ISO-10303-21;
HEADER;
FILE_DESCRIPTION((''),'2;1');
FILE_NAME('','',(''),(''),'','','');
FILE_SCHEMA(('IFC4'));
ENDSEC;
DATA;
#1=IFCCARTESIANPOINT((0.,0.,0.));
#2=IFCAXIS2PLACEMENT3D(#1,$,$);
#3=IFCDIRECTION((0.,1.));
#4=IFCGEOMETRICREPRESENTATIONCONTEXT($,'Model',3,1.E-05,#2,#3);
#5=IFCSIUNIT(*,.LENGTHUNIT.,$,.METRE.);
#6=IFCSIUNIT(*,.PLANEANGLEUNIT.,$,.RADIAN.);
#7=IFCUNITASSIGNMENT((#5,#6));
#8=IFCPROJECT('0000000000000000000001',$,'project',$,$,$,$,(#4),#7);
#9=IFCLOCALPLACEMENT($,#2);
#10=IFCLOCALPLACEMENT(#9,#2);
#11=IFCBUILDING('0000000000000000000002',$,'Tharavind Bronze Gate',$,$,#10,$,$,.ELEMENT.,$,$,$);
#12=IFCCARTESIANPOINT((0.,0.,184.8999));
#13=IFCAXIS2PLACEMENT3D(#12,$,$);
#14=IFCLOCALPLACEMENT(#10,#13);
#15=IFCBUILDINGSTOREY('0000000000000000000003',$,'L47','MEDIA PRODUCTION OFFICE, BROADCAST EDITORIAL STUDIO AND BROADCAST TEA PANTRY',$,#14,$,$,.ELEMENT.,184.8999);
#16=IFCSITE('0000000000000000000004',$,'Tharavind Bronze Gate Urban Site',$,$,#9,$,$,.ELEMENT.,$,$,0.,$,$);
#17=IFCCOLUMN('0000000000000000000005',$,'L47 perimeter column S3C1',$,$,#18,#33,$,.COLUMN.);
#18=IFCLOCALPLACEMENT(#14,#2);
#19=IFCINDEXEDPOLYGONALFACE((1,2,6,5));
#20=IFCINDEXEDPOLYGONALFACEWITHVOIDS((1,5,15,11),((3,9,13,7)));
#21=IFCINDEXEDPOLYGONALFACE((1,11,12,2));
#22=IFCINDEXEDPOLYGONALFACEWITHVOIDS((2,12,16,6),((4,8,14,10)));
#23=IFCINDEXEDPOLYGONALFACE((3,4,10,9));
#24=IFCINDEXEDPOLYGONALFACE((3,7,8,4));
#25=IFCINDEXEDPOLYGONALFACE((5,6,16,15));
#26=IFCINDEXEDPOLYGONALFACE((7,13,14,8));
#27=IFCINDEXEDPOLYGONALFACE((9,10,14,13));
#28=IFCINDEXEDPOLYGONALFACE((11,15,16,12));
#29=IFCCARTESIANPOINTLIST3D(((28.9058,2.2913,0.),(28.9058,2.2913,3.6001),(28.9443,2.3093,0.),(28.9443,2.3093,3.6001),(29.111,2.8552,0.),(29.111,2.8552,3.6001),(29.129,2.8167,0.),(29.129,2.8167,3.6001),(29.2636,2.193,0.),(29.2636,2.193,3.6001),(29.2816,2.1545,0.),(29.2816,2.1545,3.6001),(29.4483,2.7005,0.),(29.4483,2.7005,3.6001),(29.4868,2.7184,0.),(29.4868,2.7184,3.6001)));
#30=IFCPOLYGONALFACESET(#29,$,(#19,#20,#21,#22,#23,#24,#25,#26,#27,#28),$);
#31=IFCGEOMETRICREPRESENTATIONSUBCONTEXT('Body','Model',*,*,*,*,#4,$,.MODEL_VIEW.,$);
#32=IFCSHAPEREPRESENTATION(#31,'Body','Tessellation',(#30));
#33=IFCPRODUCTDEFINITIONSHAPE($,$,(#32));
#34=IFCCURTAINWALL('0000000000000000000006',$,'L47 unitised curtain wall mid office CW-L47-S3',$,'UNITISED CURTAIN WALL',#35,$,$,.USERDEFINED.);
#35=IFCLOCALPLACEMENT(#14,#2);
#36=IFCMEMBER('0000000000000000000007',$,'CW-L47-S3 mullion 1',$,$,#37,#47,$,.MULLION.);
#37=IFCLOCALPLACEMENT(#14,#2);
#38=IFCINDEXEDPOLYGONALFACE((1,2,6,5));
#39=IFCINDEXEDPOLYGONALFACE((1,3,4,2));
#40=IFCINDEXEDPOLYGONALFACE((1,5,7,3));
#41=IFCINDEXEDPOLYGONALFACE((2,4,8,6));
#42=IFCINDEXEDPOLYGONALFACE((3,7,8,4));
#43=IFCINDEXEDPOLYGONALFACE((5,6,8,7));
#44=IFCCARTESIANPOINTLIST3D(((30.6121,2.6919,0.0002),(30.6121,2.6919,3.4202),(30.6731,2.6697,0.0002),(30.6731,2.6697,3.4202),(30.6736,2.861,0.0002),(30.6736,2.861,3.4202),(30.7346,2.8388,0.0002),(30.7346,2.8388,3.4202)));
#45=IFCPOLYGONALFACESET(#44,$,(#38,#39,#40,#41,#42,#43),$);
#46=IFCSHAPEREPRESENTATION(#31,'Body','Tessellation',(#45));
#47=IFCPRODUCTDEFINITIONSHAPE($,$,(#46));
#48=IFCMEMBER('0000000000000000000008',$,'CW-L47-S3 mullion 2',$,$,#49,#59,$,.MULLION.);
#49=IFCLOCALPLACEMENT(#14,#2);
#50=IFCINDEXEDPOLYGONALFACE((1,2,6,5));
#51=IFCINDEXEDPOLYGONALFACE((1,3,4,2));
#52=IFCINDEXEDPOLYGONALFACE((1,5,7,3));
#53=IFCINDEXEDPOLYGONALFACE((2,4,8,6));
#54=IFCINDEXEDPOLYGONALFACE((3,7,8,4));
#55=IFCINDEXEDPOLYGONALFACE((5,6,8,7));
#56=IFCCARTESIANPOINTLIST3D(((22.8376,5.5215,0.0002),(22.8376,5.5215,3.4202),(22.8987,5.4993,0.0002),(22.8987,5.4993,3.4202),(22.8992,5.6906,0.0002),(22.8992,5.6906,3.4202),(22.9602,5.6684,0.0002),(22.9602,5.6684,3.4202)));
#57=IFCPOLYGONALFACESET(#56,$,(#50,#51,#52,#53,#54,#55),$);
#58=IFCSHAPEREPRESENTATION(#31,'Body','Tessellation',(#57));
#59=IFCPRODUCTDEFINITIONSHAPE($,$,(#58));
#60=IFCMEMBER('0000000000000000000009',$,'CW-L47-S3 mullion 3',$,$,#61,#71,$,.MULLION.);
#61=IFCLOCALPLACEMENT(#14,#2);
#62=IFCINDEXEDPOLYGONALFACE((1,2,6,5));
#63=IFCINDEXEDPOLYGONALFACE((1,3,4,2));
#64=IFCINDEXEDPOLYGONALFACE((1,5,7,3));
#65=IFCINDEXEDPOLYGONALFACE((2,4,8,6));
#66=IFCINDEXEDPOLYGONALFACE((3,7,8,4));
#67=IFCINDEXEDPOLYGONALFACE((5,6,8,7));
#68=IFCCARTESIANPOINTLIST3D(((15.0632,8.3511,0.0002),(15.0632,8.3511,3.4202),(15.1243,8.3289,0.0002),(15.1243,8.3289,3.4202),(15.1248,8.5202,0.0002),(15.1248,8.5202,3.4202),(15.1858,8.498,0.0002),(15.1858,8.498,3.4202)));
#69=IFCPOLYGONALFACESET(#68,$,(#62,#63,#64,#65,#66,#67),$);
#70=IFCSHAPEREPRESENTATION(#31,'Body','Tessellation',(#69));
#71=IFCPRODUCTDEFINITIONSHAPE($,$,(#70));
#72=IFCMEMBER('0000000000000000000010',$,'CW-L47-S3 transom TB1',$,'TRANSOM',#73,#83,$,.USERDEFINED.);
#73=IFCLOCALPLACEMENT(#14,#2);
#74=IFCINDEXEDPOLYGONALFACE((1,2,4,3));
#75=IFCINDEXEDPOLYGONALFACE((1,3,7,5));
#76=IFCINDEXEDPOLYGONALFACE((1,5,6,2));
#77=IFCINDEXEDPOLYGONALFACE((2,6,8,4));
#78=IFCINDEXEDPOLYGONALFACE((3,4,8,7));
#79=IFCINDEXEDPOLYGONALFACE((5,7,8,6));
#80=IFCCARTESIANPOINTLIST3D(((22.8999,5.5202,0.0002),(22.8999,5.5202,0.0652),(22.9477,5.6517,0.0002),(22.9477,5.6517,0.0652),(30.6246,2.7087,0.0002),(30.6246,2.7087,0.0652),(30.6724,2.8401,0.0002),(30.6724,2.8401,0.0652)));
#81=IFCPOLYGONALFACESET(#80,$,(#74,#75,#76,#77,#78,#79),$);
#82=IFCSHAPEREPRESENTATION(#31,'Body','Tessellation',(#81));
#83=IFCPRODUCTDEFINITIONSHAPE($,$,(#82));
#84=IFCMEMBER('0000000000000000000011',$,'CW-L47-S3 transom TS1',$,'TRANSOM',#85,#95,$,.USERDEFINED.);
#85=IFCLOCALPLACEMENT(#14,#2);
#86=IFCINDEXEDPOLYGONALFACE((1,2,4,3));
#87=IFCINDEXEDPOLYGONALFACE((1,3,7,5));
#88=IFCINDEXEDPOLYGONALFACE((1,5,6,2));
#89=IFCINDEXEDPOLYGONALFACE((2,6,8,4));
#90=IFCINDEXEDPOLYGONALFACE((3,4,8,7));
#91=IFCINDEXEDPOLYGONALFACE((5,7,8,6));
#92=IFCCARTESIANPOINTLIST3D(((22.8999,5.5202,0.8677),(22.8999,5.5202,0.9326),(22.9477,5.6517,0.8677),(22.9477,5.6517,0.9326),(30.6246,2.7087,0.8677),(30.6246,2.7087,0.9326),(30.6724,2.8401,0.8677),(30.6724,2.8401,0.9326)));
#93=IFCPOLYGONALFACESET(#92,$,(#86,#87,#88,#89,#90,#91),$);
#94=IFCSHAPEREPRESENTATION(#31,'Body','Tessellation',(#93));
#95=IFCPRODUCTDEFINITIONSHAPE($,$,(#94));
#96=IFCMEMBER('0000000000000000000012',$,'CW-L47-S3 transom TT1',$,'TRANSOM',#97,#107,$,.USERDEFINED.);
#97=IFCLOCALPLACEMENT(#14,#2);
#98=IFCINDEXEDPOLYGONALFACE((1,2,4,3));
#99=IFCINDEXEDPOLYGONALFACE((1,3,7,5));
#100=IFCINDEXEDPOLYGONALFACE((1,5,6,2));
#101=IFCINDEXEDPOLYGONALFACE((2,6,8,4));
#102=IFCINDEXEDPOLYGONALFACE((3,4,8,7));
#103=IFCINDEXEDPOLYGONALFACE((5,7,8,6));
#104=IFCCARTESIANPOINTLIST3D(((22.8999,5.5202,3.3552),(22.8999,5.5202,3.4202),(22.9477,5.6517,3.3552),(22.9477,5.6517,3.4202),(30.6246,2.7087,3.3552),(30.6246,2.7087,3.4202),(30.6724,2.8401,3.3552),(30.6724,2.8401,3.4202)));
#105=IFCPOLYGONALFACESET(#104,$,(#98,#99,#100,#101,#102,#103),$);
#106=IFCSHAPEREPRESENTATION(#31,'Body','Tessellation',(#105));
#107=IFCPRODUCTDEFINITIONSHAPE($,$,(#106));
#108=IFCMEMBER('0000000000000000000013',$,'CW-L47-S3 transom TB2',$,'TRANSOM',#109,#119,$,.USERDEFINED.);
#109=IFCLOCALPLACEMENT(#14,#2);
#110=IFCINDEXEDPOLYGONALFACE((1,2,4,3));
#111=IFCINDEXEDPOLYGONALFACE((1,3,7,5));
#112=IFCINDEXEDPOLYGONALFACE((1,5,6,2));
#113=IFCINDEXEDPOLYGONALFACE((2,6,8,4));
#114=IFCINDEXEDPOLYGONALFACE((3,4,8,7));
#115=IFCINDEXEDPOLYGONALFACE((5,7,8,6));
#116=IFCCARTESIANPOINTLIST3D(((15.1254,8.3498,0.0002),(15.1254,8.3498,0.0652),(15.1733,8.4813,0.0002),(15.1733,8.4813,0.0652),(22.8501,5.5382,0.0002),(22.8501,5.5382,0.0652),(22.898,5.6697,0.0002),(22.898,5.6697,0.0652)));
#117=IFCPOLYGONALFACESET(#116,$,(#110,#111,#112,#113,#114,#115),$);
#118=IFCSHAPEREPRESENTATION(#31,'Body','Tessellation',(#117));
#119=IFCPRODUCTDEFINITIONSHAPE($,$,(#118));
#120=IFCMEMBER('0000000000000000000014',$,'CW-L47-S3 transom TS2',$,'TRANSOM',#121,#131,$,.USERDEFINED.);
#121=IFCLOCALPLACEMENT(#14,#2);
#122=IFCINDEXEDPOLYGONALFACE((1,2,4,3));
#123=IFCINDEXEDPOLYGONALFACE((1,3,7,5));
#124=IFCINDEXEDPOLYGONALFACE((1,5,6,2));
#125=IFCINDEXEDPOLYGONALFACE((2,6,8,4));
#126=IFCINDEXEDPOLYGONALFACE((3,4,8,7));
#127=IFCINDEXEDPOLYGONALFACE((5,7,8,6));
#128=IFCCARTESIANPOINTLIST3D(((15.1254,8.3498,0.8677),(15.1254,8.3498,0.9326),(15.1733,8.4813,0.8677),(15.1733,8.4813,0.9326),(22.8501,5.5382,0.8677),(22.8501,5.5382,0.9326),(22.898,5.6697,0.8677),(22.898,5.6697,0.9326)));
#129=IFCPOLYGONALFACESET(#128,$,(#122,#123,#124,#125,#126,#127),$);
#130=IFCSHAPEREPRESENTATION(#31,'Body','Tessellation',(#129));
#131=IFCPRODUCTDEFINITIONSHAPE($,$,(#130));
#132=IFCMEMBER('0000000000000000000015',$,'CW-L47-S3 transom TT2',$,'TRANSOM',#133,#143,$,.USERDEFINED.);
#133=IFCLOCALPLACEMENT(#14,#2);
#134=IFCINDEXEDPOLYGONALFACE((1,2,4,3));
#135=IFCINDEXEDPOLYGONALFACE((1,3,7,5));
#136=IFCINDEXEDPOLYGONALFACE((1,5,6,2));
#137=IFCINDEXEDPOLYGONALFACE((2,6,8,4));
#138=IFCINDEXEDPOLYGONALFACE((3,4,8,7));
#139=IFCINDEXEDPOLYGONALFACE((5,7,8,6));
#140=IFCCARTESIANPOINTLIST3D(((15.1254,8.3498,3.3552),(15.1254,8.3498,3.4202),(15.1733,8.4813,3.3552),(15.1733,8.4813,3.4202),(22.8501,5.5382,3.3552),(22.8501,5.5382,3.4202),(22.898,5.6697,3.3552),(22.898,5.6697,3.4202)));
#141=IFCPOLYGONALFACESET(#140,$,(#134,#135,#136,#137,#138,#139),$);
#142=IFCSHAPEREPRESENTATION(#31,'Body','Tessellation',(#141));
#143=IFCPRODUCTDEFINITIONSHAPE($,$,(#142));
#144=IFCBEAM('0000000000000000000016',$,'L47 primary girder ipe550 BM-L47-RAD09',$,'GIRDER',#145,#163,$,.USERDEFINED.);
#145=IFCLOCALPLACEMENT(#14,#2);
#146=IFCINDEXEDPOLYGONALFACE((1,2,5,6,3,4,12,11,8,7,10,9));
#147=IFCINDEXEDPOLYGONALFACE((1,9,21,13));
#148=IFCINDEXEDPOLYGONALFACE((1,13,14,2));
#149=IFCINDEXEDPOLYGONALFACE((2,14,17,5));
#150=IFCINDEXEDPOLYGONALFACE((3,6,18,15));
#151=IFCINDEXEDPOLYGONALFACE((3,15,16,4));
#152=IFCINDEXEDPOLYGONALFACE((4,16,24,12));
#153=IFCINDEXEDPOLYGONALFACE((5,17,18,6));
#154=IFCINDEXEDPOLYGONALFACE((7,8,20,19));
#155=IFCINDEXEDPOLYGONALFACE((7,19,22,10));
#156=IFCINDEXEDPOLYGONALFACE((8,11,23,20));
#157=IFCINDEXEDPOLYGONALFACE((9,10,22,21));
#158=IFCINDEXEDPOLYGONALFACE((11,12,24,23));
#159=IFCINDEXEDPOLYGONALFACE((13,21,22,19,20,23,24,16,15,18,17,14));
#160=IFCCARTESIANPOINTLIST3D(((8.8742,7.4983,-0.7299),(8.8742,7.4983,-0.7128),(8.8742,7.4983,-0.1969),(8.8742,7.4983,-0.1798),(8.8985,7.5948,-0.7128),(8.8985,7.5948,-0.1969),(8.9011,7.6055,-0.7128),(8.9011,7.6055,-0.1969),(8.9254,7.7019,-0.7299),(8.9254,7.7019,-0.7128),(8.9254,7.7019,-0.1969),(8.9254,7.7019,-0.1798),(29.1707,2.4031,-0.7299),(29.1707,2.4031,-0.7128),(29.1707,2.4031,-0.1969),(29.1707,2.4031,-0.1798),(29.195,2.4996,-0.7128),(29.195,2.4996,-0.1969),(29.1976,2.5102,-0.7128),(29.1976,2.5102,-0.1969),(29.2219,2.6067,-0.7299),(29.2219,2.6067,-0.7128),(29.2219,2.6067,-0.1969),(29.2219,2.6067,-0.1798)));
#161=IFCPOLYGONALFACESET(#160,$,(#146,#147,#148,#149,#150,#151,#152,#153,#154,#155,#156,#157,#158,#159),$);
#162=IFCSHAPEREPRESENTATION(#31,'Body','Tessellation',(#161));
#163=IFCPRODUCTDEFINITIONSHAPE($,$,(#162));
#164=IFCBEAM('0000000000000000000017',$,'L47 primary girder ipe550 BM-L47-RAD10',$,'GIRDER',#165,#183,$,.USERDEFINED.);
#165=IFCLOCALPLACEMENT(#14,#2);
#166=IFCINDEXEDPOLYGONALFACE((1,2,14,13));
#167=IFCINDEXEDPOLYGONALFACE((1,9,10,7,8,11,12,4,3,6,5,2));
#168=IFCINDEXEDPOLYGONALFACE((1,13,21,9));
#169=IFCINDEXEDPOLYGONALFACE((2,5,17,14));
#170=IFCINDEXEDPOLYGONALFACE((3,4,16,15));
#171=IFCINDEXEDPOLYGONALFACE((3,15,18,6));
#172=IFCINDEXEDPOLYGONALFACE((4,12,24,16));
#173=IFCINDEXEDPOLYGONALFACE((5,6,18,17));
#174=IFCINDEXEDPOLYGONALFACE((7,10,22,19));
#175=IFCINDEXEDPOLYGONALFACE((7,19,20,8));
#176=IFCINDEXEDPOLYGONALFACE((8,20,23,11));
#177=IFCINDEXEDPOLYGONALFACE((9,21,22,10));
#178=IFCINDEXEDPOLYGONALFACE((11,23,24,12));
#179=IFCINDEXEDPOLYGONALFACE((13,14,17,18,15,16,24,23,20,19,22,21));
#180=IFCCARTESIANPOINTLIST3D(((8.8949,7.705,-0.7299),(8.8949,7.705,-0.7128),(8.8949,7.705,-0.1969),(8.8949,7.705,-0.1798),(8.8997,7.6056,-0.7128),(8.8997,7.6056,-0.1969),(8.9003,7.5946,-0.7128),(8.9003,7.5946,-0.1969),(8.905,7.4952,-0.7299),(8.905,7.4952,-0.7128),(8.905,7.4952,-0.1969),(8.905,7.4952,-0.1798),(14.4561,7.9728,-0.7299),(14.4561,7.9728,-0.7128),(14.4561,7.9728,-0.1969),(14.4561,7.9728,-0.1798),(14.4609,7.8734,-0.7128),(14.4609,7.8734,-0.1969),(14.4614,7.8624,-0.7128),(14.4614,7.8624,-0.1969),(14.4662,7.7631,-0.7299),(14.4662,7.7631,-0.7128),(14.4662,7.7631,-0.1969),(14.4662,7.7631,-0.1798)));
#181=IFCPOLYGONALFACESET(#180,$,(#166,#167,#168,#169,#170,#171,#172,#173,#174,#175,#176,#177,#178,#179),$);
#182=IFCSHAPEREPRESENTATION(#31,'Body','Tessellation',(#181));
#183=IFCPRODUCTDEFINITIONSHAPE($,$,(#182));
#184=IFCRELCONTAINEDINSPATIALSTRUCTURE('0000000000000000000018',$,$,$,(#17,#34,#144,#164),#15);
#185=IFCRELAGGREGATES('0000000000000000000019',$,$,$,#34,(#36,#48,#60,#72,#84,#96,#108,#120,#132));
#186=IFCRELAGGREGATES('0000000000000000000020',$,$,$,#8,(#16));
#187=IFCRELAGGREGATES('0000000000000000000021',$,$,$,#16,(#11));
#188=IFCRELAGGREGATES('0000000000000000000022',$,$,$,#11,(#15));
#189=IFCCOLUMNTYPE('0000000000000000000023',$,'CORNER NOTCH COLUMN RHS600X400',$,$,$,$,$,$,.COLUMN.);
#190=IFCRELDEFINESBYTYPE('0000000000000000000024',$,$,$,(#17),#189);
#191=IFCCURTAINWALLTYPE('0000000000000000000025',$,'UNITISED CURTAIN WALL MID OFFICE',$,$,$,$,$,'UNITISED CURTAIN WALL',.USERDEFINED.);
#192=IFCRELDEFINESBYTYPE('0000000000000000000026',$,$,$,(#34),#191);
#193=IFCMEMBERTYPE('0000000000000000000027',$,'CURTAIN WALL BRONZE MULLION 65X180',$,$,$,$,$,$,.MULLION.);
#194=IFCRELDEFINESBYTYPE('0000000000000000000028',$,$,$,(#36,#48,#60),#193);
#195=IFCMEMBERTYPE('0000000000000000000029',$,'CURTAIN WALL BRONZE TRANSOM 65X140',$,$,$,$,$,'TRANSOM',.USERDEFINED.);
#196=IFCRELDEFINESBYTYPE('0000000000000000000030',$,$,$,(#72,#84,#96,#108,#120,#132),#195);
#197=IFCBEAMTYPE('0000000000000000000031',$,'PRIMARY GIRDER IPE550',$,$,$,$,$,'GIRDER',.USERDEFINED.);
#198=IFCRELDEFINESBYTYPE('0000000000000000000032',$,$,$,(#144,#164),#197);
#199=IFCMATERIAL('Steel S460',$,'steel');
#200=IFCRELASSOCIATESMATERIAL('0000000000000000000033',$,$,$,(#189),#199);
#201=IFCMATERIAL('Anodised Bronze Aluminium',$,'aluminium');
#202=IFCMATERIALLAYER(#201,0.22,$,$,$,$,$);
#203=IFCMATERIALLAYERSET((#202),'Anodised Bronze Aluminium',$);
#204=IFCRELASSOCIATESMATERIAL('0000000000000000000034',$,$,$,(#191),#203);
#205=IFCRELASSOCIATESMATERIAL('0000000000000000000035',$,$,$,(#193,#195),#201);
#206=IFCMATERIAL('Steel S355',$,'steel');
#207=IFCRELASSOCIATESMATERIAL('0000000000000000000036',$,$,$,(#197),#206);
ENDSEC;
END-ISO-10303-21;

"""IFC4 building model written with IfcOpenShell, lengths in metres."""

from ifc_helpers import new_model, si_unit, direction, frame, origin, origin_2d, place, context, subcontext, project, spatial, rectangle, hollow_rectangle, i_section, extrude, material, layer, layer_set, material_profile, profile_set, type_object, element, aggregate, save


model = new_model("IFC4")

# Units and contexts
model_context = context("Model", 3, precision=1e-05, world=origin(), true_north=direction((0.0, 1.0)))
body_context = subcontext(model_context, "Body", "Model", "MODEL_VIEW")
ifc_project = project(units=[si_unit("LENGTHUNIT", "METRE"), si_unit("PLANEANGLEUNIT", "RADIAN")], contexts=[model_context])

# Site, building, storey
site_placement = place(None, origin())
site = spatial("IfcSite", under=ifc_project, at=site_placement, Name="Tharavind Bronze Gate Urban Site", CompositionType="ELEMENT", RefElevation=0.0)
building_placement = place(site_placement, origin())
building = spatial("IfcBuilding", under=site, at=building_placement, Name="Tharavind Bronze Gate", CompositionType="ELEMENT")
storey_placement = place(building_placement, frame((0.0, 0.0, 184.8999)))
storey = spatial("IfcBuildingStorey", under=building, at=storey_placement, Name="L47", Description="MEDIA PRODUCTION OFFICE, BROADCAST EDITORIAL STUDIO AND BROADCAST TEA PANTRY", CompositionType="ELEMENT", Elevation=184.8999)

# Column
ifc_material_1 = material(Name="Steel S460", Category="steel")
ifc_material_profile_1 = material_profile(ifc_material_1, hollow_rectangle(XDim=0.3999, YDim=0.6001, WallThickness=0.03, at=origin_2d()), Name="RHS600X400X30")
ifc_profile_set_1 = profile_set([ifc_material_profile_1], Name="Steel S460")
column_type = type_object("IfcColumnType", Name="CORNER NOTCH COLUMN RHS600X400", PredefinedType="COLUMN", material=ifc_profile_set_1)
column_placement = place(storey_placement, frame((29.1963, 2.5049, 0.0), z_axis=(0.0, 0.0, 1.0), x_axis=(-0.939692, 0.342022, 0.0)))
element("IfcColumn", 1, at=column_placement, inside=storey, type_object=column_type, Name="L47 perimeter column S3C1", PredefinedType="COLUMN", context=body_context, shape_type="SweptSolid", body=[
    extrude(hollow_rectangle(XDim=0.3999, YDim=0.6001, WallThickness=0.03, at=origin_2d()), origin(), (0.0, 0.0, 1.0), 3.6001),
])

# Curtain wall, members
ifc_material_2 = material(Name="Anodised Bronze Aluminium", Category="aluminium")
ifc_layer_1 = layer(ifc_material_2, 0.22)
ifc_layer_set_1 = layer_set([ifc_layer_1], Name="Anodised Bronze Aluminium")
curtain_wall_type = type_object("IfcCurtainWallType", Name="UNITISED CURTAIN WALL MID OFFICE", ElementType="UNITISED CURTAIN WALL", PredefinedType="USERDEFINED", material=ifc_layer_set_1)
curtain_wall_placement = place(storey_placement, origin())
curtain_wall = element("IfcCurtainWall", 2, at=curtain_wall_placement, inside=storey, type_object=curtain_wall_type, Name="L47 unitised curtain wall mid office CW-L47-S3", ObjectType="UNITISED CURTAIN WALL", PredefinedType="USERDEFINED")
member_type_1 = type_object("IfcMemberType", Name="CURTAIN WALL BRONZE MULLION 65X180", PredefinedType="MULLION", material=ifc_material_2)
member_1_placement = place(storey_placement, frame((30.6733, 2.7654, 0.0002), z_axis=(0.0, 0.0, 1.0), x_axis=(-0.939692, 0.342022, 0.0)))
member_1 = element("IfcMember", 3, at=member_1_placement, type_object=member_type_1, Name="CW-L47-S3 mullion 1", PredefinedType="MULLION", context=body_context, shape_type="SweptSolid", body=[
    extrude(rectangle(XDim=0.0649, YDim=0.1799, at=origin_2d()), origin(), (0.0, 0.0, 1.0), 3.4199),
])
member_2_placement = place(storey_placement, frame((22.8989, 5.595, 0.0002), z_axis=(0.0, 0.0, 1.0), x_axis=(-0.939692, 0.342022, 0.0)))
member_2 = element("IfcMember", 4, at=member_2_placement, type_object=member_type_1, Name="CW-L47-S3 mullion 2", PredefinedType="MULLION", context=body_context, shape_type="SweptSolid", body=[
    extrude(rectangle(XDim=0.0649, YDim=0.1799, at=origin_2d()), origin(), (0.0, 0.0, 1.0), 3.4199),
])
member_3_placement = place(storey_placement, frame((15.1245, 8.4246, 0.0002), z_axis=(0.0, 0.0, 1.0), x_axis=(-0.939692, 0.342022, 0.0)))
member_3 = element("IfcMember", 5, at=member_3_placement, type_object=member_type_1, Name="CW-L47-S3 mullion 3", PredefinedType="MULLION", context=body_context, shape_type="SweptSolid", body=[
    extrude(rectangle(XDim=0.0649, YDim=0.1799, at=origin_2d()), origin(), (0.0, 0.0, 1.0), 3.4199),
])
member_type_2 = type_object("IfcMemberType", Name="CURTAIN WALL BRONZE TRANSOM 65X140", ElementType="TRANSOM", PredefinedType="USERDEFINED", material=ifc_material_2)
member_4_placement = place(storey_placement, frame((26.7861, 4.1802, 0.0002), z_axis=(0.0, 0.0, 1.0), x_axis=(-0.939692, 0.342022, 0.0)))
member_4 = element("IfcMember", 6, at=member_4_placement, type_object=member_type_2, Name="CW-L47-S3 transom TB1", ObjectType="TRANSOM", PredefinedType="USERDEFINED", context=body_context, shape_type="SweptSolid", body=[
    extrude(rectangle(XDim=8.2205, YDim=0.1399, at=origin_2d()), origin(), (0.0, 0.0, 1.0), 0.0649),
])
member_5_placement = place(storey_placement, frame((26.7861, 4.1802, 0.8677), z_axis=(0.0, 0.0, 1.0), x_axis=(-0.939692, 0.342022, 0.0)))
member_5 = element("IfcMember", 7, at=member_5_placement, type_object=member_type_2, Name="CW-L47-S3 transom TS1", ObjectType="TRANSOM", PredefinedType="USERDEFINED", context=body_context, shape_type="SweptSolid", body=[
    extrude(rectangle(XDim=8.2205, YDim=0.1399, at=origin_2d()), origin(), (0.0, 0.0, 1.0), 0.0649),
])
member_6_placement = place(storey_placement, frame((26.7861, 4.1802, 3.3552), z_axis=(0.0, 0.0, 1.0), x_axis=(-0.939692, 0.342022, 0.0)))
member_6 = element("IfcMember", 8, at=member_6_placement, type_object=member_type_2, Name="CW-L47-S3 transom TT1", ObjectType="TRANSOM", PredefinedType="USERDEFINED", context=body_context, shape_type="SweptSolid", body=[
    extrude(rectangle(XDim=8.2205, YDim=0.1399, at=origin_2d()), origin(), (0.0, 0.0, 1.0), 0.0649),
])
member_7_placement = place(storey_placement, frame((19.0117, 7.0098, 0.0002), z_axis=(0.0, 0.0, 1.0), x_axis=(-0.939692, 0.342022, 0.0)))
member_7 = element("IfcMember", 9, at=member_7_placement, type_object=member_type_2, Name="CW-L47-S3 transom TB2", ObjectType="TRANSOM", PredefinedType="USERDEFINED", context=body_context, shape_type="SweptSolid", body=[
    extrude(rectangle(XDim=8.2205, YDim=0.1399, at=origin_2d()), origin(), (0.0, 0.0, 1.0), 0.0649),
])
member_8_placement = place(storey_placement, frame((19.0117, 7.0098, 0.8677), z_axis=(0.0, 0.0, 1.0), x_axis=(-0.939692, 0.342022, 0.0)))
member_8 = element("IfcMember", 10, at=member_8_placement, type_object=member_type_2, Name="CW-L47-S3 transom TS2", ObjectType="TRANSOM", PredefinedType="USERDEFINED", context=body_context, shape_type="SweptSolid", body=[
    extrude(rectangle(XDim=8.2205, YDim=0.1399, at=origin_2d()), origin(), (0.0, 0.0, 1.0), 0.0649),
])
member_9_placement = place(storey_placement, frame((19.0117, 7.0098, 3.3552), z_axis=(0.0, 0.0, 1.0), x_axis=(-0.939692, 0.342022, 0.0)))
member_9 = element("IfcMember", 11, at=member_9_placement, type_object=member_type_2, Name="CW-L47-S3 transom TT2", ObjectType="TRANSOM", PredefinedType="USERDEFINED", context=body_context, shape_type="SweptSolid", body=[
    extrude(rectangle(XDim=8.2205, YDim=0.1399, at=origin_2d()), origin(), (0.0, 0.0, 1.0), 0.0649),
])

# Beams
ifc_material_3 = material(Name="Steel S355", Category="steel")
ifc_material_profile_2 = material_profile(ifc_material_3, i_section(OverallWidth=0.21, OverallDepth=0.55, WebThickness=0.011, FlangeThickness=0.0171, at=origin_2d()), Name="IPE550")
ifc_profile_set_2 = profile_set([ifc_material_profile_2], Name="Steel S355")
beam_type_1 = type_object("IfcBeamType", Name="PRIMARY GIRDER IPE550", ElementType="GIRDER", PredefinedType="USERDEFINED", material=ifc_profile_set_2)
beam_1_placement = place(storey_placement, frame((29.1963, 2.5049, -0.4548), z_axis=(-0.969905, 0.243485, 0.0), x_axis=(-0.243485, -0.969905, 0.0)))
element("IfcBeam", 12, at=beam_1_placement, inside=storey, type_object=beam_type_1, Name="L47 primary girder ipe550 BM-L47-RAD09", ObjectType="GIRDER", PredefinedType="USERDEFINED", context=body_context, shape_type="SweptSolid", body=[
    extrude(i_section(OverallWidth=0.21, OverallDepth=0.55, WebThickness=0.011, FlangeThickness=0.0171, at=origin_2d()), origin(), (0.0, 0.0, 1.0), 20.9263),
])
beam_2_placement = place(storey_placement, frame((14.4612, 7.8679, -0.4548), z_axis=(-0.998842, -0.048103, 0.0), x_axis=(0.048103, -0.998842, 0.0)))
element("IfcBeam", 13, at=beam_2_placement, inside=storey, type_object=beam_type_1, Name="L47 primary girder ipe550 BM-L47-RAD10", ObjectType="GIRDER", PredefinedType="USERDEFINED", context=body_context, shape_type="SweptSolid", body=[
    extrude(i_section(OverallWidth=0.21, OverallDepth=0.55, WebThickness=0.011, FlangeThickness=0.0171, at=origin_2d()), origin(), (0.0, 0.0, 1.0), 5.5676),
])

aggregate(curtain_wall, [member_1, member_2, member_3, member_4, member_5, member_6, member_7, member_8, member_9])

save(model, "model.ifc")
